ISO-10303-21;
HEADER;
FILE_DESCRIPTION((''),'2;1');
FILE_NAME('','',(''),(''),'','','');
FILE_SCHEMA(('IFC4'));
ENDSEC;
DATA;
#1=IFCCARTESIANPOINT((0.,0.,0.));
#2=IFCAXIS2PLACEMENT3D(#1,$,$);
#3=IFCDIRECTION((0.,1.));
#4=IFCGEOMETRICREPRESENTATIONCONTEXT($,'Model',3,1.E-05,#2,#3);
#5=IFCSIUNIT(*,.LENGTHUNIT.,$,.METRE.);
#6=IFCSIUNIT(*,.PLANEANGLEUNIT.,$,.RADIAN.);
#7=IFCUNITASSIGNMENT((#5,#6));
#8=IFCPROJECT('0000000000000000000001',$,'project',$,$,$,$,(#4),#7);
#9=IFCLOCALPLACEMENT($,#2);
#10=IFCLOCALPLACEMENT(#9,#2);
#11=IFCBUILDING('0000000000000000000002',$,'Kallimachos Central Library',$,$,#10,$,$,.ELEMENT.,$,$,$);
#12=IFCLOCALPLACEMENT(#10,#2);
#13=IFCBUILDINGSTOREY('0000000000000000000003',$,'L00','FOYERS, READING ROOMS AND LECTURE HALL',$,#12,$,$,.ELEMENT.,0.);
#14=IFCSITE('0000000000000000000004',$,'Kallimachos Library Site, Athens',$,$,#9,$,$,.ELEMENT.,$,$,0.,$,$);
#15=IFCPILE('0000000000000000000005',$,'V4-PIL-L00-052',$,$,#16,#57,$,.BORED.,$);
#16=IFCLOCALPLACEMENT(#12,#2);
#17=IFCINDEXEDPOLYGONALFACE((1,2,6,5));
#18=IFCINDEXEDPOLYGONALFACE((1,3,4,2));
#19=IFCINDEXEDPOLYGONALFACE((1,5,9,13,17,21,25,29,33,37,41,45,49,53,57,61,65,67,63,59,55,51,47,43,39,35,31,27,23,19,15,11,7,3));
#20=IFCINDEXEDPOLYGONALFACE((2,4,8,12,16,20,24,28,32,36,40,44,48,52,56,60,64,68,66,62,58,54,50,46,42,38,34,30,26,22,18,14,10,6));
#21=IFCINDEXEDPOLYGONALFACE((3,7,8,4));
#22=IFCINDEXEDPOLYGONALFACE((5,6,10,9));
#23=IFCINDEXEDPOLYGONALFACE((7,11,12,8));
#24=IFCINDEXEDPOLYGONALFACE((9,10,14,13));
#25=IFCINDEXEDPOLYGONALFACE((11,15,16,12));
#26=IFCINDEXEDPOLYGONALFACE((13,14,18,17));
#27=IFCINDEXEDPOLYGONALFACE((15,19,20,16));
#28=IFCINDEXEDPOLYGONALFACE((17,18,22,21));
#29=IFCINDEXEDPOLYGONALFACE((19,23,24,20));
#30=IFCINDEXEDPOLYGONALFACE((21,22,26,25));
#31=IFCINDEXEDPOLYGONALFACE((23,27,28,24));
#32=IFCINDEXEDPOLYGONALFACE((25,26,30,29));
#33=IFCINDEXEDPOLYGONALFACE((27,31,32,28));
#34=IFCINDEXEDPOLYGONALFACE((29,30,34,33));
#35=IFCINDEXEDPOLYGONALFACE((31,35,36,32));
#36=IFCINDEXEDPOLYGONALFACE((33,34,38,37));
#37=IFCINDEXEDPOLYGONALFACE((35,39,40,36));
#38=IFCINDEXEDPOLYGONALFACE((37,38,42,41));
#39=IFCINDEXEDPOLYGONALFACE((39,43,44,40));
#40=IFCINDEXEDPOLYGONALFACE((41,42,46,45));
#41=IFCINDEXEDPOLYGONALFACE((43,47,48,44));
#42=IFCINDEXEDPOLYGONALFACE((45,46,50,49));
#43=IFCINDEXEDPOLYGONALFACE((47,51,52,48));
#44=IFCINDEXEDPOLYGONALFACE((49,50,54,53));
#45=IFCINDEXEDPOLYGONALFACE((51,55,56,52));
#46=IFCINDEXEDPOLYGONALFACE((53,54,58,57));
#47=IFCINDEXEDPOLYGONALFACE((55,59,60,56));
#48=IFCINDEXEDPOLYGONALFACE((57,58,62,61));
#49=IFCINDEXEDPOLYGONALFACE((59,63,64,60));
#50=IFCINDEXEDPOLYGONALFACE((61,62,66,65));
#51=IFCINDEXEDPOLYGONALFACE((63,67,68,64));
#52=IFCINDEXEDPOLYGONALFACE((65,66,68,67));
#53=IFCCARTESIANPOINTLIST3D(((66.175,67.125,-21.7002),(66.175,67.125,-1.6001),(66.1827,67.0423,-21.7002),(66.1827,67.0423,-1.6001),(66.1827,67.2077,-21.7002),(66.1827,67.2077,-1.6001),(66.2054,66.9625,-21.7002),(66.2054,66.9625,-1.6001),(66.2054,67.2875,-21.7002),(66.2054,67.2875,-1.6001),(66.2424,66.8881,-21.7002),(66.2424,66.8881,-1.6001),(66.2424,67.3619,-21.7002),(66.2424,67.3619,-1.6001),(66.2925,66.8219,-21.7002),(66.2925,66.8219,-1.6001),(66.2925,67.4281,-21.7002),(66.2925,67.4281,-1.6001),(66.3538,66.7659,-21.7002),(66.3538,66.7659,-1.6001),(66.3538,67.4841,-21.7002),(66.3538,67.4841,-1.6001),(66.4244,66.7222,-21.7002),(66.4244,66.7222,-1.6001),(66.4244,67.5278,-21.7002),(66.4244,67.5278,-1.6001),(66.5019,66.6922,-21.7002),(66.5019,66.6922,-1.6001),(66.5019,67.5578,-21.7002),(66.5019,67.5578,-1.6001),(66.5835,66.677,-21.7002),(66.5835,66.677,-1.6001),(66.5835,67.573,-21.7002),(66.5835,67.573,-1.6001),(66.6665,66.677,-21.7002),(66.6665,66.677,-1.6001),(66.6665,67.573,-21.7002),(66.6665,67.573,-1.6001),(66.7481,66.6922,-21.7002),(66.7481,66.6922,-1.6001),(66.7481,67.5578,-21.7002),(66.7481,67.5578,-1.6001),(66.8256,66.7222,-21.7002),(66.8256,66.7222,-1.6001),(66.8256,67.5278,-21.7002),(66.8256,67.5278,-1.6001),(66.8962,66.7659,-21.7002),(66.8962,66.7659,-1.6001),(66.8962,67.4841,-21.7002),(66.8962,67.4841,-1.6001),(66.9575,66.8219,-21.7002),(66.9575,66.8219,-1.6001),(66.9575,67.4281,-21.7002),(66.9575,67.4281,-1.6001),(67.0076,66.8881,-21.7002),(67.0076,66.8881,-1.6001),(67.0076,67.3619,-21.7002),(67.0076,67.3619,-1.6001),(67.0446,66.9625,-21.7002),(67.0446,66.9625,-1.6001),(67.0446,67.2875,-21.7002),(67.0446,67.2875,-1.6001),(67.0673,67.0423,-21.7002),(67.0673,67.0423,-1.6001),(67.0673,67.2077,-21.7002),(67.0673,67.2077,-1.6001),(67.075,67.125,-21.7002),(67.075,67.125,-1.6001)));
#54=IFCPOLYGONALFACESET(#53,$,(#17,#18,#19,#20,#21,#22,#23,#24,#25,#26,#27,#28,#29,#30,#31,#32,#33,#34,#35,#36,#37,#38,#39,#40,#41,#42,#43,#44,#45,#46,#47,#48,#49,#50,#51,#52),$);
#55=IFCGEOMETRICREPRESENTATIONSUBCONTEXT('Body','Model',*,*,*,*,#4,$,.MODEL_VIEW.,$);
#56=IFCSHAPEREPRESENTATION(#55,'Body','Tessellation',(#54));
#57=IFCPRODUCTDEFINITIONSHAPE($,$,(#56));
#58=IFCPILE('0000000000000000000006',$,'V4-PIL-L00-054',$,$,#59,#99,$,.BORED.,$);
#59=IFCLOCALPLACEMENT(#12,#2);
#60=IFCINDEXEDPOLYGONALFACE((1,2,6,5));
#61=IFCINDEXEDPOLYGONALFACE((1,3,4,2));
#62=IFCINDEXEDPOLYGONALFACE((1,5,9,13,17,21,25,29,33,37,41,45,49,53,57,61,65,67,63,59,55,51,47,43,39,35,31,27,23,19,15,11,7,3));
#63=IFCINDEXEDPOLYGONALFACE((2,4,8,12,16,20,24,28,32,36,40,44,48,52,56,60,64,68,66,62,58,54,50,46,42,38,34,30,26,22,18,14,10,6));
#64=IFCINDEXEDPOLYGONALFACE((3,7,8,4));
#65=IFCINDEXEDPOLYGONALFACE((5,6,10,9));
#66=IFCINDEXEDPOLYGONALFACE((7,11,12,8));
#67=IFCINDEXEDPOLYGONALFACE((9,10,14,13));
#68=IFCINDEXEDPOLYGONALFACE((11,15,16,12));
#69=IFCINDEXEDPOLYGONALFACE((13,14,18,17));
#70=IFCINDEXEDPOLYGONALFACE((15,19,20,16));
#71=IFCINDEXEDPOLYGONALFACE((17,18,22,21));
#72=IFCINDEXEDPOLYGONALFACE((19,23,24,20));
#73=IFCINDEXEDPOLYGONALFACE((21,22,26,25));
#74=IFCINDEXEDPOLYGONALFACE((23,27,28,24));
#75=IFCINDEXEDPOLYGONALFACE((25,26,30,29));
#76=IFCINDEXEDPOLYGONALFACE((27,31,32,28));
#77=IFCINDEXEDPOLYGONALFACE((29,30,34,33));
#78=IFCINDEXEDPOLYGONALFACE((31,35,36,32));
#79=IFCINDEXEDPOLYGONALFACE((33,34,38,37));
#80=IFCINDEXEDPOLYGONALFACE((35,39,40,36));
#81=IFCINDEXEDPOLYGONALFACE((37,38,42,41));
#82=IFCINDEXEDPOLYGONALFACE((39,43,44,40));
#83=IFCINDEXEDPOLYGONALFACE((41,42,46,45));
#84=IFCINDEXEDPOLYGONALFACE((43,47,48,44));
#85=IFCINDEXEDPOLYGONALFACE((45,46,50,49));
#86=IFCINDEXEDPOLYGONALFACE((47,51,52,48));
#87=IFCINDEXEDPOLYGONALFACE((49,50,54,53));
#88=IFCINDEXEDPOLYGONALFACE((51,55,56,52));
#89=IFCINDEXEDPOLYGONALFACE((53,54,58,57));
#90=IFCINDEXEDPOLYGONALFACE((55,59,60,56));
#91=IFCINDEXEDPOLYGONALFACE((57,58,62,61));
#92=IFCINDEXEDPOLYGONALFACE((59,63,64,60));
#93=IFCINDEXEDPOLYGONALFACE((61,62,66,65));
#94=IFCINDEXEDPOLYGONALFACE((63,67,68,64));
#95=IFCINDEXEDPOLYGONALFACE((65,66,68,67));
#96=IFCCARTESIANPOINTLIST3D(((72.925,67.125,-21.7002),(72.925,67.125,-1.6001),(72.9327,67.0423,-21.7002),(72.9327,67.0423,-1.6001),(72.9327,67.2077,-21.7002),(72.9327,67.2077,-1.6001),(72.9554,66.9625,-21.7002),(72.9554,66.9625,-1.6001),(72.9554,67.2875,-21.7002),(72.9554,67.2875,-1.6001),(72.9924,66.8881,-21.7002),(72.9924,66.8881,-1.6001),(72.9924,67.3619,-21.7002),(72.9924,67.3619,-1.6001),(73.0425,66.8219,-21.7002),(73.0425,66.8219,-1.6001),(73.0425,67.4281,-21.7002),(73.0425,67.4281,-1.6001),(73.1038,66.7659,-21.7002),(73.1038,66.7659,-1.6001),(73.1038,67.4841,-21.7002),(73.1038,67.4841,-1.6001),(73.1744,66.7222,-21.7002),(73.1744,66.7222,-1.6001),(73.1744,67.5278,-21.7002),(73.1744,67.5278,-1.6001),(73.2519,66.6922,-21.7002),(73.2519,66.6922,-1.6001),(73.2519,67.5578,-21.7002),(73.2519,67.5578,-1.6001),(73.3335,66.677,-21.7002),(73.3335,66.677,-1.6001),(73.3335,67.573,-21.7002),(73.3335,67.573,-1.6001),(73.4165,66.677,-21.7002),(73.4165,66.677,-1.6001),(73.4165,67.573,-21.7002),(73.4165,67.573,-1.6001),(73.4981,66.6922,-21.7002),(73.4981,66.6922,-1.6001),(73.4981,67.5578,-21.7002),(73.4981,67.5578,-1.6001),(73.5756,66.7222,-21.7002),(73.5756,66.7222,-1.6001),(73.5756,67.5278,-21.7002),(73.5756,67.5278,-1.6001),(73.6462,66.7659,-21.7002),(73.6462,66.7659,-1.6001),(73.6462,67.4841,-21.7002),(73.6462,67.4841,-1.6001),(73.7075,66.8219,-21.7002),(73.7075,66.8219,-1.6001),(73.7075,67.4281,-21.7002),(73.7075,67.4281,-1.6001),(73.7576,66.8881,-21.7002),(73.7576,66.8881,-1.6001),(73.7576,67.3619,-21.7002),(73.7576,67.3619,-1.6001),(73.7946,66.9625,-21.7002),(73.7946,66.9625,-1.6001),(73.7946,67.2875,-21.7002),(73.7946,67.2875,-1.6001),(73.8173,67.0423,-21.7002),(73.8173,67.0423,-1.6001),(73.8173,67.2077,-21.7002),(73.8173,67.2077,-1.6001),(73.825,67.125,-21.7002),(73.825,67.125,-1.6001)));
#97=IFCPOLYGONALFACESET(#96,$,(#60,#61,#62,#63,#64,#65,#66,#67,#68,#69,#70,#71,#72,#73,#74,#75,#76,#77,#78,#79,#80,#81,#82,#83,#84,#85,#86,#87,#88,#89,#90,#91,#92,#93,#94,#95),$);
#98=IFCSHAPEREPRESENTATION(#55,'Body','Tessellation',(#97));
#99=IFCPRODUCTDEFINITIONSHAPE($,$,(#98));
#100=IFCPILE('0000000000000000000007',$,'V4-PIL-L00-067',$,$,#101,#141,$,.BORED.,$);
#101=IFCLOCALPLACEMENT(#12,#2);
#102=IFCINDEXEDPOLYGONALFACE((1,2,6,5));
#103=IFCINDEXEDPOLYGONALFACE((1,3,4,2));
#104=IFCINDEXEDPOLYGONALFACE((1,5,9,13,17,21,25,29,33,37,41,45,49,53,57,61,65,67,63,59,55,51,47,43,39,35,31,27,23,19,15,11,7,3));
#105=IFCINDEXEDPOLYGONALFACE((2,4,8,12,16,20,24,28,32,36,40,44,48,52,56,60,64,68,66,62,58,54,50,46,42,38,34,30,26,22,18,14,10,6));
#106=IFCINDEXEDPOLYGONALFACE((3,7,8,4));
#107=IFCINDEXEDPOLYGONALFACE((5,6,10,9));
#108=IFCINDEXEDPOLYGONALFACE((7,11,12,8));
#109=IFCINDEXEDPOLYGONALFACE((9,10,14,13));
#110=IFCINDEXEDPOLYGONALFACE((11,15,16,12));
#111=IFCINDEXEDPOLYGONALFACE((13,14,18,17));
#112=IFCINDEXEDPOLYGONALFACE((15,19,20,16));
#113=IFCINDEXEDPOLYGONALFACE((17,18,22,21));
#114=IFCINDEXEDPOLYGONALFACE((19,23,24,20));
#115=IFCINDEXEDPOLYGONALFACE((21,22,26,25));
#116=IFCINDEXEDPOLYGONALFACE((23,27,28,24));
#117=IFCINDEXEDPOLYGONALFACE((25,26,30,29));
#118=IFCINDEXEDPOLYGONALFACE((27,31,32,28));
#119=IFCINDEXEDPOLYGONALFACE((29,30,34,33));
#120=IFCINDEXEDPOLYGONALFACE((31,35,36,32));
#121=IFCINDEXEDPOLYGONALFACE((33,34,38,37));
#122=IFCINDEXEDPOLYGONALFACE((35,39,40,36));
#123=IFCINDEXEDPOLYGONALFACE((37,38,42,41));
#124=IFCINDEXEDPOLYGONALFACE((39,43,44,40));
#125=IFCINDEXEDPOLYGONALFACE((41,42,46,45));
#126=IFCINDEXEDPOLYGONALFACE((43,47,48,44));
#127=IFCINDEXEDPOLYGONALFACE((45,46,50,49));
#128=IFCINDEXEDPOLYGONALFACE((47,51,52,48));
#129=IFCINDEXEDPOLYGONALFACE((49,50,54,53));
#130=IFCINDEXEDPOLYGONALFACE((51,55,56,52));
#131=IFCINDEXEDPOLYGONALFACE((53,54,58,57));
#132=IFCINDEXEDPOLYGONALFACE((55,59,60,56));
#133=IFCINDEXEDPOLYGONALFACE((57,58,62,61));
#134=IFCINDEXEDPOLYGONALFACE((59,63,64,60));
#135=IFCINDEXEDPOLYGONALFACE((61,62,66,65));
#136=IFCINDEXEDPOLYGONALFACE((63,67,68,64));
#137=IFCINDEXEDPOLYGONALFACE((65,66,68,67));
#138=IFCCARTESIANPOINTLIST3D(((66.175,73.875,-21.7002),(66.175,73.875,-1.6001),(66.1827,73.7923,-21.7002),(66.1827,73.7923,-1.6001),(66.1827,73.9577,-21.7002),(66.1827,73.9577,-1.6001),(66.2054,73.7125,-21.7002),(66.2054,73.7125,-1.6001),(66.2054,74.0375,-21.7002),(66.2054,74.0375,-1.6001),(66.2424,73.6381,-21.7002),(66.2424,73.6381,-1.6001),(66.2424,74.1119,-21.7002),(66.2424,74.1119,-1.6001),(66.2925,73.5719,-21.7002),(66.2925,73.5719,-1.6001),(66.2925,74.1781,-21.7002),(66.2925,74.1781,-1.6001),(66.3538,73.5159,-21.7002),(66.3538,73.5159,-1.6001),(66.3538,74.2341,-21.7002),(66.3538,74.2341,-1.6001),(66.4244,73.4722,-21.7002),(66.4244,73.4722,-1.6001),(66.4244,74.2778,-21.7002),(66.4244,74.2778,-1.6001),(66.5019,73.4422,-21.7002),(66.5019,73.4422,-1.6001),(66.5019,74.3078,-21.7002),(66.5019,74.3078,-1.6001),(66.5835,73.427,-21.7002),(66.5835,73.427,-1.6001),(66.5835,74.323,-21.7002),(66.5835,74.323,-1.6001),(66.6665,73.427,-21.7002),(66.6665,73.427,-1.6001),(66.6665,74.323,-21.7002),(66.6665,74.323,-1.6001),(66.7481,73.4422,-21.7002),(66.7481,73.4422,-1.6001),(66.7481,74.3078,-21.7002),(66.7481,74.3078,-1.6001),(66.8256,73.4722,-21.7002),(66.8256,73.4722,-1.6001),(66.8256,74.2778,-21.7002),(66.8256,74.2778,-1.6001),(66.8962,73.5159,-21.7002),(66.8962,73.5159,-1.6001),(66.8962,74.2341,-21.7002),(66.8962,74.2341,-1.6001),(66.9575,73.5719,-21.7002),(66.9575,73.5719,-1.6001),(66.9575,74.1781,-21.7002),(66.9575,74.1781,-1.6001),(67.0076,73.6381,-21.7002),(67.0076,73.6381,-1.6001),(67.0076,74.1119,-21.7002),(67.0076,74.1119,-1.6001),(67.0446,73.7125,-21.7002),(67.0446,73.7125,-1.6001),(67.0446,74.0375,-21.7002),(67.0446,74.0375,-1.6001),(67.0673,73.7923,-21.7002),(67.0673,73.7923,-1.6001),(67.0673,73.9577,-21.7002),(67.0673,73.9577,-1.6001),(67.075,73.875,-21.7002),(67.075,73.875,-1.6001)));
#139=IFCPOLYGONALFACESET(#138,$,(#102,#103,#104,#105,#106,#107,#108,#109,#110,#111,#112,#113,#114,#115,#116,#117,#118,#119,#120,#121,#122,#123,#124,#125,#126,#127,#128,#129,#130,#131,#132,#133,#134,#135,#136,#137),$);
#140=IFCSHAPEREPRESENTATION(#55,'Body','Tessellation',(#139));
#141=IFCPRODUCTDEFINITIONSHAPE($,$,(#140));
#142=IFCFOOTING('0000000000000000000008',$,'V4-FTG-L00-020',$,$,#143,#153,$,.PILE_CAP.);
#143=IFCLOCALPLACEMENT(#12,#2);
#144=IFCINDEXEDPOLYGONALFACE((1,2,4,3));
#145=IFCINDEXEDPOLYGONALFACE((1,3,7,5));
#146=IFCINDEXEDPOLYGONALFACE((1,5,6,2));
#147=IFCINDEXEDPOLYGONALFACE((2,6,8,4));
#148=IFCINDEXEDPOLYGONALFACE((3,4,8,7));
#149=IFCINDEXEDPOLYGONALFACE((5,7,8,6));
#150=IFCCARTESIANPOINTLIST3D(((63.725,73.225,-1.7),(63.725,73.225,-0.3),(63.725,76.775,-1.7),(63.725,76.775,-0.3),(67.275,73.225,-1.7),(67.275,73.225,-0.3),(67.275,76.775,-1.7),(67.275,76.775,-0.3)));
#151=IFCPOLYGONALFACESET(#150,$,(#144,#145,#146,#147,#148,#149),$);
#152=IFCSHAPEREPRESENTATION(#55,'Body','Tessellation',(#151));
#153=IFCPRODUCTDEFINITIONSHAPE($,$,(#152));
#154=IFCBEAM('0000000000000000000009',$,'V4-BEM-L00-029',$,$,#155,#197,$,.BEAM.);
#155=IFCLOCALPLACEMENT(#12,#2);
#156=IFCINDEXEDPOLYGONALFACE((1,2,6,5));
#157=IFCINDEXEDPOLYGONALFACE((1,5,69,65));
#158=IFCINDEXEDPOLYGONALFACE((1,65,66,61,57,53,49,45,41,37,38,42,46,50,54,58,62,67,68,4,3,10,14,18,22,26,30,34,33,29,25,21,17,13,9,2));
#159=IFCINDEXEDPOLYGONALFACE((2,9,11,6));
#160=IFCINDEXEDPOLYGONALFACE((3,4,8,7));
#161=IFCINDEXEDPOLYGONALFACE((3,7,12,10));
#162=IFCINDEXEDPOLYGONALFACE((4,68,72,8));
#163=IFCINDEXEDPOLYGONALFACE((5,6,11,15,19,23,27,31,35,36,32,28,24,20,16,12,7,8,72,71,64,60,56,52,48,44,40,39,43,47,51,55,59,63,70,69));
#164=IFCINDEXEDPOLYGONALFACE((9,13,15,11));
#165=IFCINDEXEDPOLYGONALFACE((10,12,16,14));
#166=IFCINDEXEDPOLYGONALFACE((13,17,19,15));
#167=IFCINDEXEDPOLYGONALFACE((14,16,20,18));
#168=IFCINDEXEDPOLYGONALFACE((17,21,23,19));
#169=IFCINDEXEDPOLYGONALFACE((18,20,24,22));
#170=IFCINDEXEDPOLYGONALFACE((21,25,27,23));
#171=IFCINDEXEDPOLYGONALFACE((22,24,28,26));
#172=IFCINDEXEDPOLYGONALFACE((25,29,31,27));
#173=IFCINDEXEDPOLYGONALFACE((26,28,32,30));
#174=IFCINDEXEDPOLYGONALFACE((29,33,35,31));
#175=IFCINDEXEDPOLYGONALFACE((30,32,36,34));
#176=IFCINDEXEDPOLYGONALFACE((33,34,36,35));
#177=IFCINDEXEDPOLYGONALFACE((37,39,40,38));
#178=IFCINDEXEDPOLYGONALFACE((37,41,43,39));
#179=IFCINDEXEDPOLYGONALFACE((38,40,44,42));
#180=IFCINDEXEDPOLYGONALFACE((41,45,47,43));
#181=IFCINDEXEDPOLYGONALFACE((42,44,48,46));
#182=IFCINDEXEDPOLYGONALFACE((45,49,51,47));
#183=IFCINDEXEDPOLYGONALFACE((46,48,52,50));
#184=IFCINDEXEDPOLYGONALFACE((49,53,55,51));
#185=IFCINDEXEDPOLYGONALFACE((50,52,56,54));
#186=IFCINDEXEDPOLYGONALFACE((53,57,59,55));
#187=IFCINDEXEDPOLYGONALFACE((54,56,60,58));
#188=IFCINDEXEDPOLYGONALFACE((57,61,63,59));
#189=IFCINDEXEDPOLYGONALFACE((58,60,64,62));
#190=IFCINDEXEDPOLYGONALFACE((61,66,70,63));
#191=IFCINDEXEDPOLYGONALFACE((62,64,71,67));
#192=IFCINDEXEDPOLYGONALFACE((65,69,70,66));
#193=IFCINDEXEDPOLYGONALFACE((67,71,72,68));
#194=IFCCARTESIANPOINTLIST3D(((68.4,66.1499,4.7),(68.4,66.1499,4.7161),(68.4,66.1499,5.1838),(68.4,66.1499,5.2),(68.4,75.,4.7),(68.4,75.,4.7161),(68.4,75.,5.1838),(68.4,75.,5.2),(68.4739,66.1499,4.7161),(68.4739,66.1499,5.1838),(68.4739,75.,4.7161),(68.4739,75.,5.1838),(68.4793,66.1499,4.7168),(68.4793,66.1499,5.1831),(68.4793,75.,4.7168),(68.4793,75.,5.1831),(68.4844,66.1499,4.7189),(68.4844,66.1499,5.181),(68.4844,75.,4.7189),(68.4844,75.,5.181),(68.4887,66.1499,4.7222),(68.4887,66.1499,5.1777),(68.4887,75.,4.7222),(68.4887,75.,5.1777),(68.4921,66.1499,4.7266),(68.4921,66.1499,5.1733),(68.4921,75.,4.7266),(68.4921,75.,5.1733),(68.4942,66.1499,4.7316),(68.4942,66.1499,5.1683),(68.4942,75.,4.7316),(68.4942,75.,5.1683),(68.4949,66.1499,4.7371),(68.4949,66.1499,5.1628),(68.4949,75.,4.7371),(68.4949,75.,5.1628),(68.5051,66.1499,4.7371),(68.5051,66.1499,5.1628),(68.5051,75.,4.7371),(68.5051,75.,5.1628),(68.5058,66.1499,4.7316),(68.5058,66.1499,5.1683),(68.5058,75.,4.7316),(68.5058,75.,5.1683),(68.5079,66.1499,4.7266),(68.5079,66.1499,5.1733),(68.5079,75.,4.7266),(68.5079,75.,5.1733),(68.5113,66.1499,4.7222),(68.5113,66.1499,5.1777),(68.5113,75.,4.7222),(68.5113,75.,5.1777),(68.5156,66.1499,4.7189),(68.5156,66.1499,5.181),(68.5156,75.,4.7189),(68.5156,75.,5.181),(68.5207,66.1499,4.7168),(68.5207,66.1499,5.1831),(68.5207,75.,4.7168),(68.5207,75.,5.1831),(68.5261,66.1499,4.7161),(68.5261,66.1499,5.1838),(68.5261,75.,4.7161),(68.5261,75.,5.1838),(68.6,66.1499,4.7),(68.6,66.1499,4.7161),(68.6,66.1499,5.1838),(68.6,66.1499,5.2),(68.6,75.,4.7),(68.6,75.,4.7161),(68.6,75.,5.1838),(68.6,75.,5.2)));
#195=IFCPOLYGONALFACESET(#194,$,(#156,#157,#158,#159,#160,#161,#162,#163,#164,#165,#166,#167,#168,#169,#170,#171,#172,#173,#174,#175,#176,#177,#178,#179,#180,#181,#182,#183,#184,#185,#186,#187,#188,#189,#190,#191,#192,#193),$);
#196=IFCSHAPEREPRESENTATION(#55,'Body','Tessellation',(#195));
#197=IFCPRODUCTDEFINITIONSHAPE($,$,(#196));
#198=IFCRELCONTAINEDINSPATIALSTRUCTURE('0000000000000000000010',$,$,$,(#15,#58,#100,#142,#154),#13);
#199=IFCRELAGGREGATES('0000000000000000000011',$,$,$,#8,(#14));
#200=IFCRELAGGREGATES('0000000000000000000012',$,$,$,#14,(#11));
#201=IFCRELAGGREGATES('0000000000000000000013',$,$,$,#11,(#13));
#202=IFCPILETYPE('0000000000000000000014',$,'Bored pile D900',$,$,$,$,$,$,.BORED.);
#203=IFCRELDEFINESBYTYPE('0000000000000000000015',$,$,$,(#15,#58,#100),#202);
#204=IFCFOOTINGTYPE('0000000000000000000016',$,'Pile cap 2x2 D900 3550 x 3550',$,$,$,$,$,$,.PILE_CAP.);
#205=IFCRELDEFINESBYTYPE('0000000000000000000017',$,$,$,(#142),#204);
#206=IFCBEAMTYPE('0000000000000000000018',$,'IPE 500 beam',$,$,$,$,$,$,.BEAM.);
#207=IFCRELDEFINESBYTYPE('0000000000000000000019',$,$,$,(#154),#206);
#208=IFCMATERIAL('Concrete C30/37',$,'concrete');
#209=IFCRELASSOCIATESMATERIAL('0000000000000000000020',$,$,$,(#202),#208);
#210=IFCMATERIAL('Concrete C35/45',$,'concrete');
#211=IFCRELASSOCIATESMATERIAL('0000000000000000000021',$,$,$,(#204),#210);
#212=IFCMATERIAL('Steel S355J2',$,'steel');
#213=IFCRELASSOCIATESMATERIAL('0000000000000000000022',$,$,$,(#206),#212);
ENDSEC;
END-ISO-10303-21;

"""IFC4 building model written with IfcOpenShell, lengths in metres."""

from ifc_helpers import new_model, si_unit, direction, frame, origin, origin_2d, place, context, subcontext, project, spatial, rectangle, circle, i_section, extrude, material, material_profile, profile_set, type_object, element, save


model = new_model("IFC4")

# Units and contexts
model_context = context("Model", 3, precision=1e-05, world=origin(), true_north=direction((0.0, 1.0)))
body_context = subcontext(model_context, "Body", "Model", "MODEL_VIEW")
ifc_project = project(units=[si_unit("LENGTHUNIT", "METRE"), si_unit("PLANEANGLEUNIT", "RADIAN")], contexts=[model_context])

# Site, building, storey
site_placement = place(None, origin())
site = spatial("IfcSite", under=ifc_project, at=site_placement, Name="Kallimachos Library Site, Athens", CompositionType="ELEMENT", RefElevation=0.0)
building_placement = place(site_placement, origin())
building = spatial("IfcBuilding", under=site, at=building_placement, Name="Kallimachos Central Library", CompositionType="ELEMENT")
storey_placement = place(building_placement, origin())
storey = spatial("IfcBuildingStorey", under=building, at=storey_placement, Name="L00", Description="FOYERS, READING ROOMS AND LECTURE HALL", CompositionType="ELEMENT", Elevation=0.0)

# Piles
ifc_material_1 = material(Name="Concrete C30/37", Category="concrete")
pile_type = type_object("IfcPileType", Name="Bored pile D900", PredefinedType="BORED", material=ifc_material_1)
for number, where, z_axis, x_axis, name in (
    (1, (66.625, 67.125, -1.6001), (0.0, 0.0, -1.0), (1.0, 0.0, 0.0), "V4-PIL-L00-052"),
    (2, (73.375, 67.125, -1.6001), (0.0, 0.0, -1.0), (1.0, 0.0, 0.0), "V4-PIL-L00-054"),
    (3, (66.625, 73.875, -1.6001), (0.0, 0.0, -1.0), (1.0, 0.0, 0.0), "V4-PIL-L00-067"),
):
    element("IfcPile", number, at=place(storey_placement, frame(where, z_axis=z_axis, x_axis=x_axis)), inside=storey, type_object=pile_type, Name=name, PredefinedType="BORED", context=body_context, shape_type="SweptSolid", body=[
        extrude(circle(Radius=0.45, at=origin_2d()), origin(), (0.0, 0.0, 1.0), 20.1001),
    ])

# Footing
ifc_material_2 = material(Name="Concrete C35/45", Category="concrete")
footing_type = type_object("IfcFootingType", Name="Pile cap 2x2 D900 3550 x 3550", PredefinedType="PILE_CAP", material=ifc_material_2)
footing_placement = place(storey_placement, frame((65.5, 75.0, -1.7), z_axis=(0.0, 0.0, 1.0), x_axis=(1.0, 0.0, 0.0)))
element("IfcFooting", 4, at=footing_placement, inside=storey, type_object=footing_type, Name="V4-FTG-L00-020", PredefinedType="PILE_CAP", context=body_context, shape_type="SweptSolid", body=[
    extrude(rectangle(XDim=3.55, YDim=3.55, at=origin_2d()), origin(), (0.0, 0.0, 1.0), 1.3999),
])

# Beam
ifc_material_3 = material(Name="Steel S355J2", Category="steel")
ifc_material_profile_1 = material_profile(ifc_material_3, i_section(OverallWidth=0.2, OverallDepth=0.5, WebThickness=0.0103, FlangeThickness=0.0161, FilletRadius=0.021, at=origin_2d()), Name="IPE 500")
ifc_profile_set_1 = profile_set([ifc_material_profile_1], Name="Steel S355J2")
beam_type = type_object("IfcBeamType", Name="IPE 500 beam", PredefinedType="BEAM", material=ifc_profile_set_1)
for number, where, z_axis, x_axis, name in (
    (5, (68.5, 66.1499, 4.95), (0.0, 1.0, 0.0), (-1.0, 0.0, 0.0), "V4-BEM-L00-029"),
):
    element("IfcBeam", number, at=place(storey_placement, frame(where, z_axis=z_axis, x_axis=x_axis)), inside=storey, type_object=beam_type, Name=name, PredefinedType="BEAM", context=body_context, shape_type="SweptSolid", body=[
        extrude(i_section(OverallWidth=0.2, OverallDepth=0.5, WebThickness=0.0103, FlangeThickness=0.0161, FilletRadius=0.021, at=origin_2d()), origin(), (0.0, 0.0, 1.0), 8.8501),
    ])

save(model, "model.ifc")
